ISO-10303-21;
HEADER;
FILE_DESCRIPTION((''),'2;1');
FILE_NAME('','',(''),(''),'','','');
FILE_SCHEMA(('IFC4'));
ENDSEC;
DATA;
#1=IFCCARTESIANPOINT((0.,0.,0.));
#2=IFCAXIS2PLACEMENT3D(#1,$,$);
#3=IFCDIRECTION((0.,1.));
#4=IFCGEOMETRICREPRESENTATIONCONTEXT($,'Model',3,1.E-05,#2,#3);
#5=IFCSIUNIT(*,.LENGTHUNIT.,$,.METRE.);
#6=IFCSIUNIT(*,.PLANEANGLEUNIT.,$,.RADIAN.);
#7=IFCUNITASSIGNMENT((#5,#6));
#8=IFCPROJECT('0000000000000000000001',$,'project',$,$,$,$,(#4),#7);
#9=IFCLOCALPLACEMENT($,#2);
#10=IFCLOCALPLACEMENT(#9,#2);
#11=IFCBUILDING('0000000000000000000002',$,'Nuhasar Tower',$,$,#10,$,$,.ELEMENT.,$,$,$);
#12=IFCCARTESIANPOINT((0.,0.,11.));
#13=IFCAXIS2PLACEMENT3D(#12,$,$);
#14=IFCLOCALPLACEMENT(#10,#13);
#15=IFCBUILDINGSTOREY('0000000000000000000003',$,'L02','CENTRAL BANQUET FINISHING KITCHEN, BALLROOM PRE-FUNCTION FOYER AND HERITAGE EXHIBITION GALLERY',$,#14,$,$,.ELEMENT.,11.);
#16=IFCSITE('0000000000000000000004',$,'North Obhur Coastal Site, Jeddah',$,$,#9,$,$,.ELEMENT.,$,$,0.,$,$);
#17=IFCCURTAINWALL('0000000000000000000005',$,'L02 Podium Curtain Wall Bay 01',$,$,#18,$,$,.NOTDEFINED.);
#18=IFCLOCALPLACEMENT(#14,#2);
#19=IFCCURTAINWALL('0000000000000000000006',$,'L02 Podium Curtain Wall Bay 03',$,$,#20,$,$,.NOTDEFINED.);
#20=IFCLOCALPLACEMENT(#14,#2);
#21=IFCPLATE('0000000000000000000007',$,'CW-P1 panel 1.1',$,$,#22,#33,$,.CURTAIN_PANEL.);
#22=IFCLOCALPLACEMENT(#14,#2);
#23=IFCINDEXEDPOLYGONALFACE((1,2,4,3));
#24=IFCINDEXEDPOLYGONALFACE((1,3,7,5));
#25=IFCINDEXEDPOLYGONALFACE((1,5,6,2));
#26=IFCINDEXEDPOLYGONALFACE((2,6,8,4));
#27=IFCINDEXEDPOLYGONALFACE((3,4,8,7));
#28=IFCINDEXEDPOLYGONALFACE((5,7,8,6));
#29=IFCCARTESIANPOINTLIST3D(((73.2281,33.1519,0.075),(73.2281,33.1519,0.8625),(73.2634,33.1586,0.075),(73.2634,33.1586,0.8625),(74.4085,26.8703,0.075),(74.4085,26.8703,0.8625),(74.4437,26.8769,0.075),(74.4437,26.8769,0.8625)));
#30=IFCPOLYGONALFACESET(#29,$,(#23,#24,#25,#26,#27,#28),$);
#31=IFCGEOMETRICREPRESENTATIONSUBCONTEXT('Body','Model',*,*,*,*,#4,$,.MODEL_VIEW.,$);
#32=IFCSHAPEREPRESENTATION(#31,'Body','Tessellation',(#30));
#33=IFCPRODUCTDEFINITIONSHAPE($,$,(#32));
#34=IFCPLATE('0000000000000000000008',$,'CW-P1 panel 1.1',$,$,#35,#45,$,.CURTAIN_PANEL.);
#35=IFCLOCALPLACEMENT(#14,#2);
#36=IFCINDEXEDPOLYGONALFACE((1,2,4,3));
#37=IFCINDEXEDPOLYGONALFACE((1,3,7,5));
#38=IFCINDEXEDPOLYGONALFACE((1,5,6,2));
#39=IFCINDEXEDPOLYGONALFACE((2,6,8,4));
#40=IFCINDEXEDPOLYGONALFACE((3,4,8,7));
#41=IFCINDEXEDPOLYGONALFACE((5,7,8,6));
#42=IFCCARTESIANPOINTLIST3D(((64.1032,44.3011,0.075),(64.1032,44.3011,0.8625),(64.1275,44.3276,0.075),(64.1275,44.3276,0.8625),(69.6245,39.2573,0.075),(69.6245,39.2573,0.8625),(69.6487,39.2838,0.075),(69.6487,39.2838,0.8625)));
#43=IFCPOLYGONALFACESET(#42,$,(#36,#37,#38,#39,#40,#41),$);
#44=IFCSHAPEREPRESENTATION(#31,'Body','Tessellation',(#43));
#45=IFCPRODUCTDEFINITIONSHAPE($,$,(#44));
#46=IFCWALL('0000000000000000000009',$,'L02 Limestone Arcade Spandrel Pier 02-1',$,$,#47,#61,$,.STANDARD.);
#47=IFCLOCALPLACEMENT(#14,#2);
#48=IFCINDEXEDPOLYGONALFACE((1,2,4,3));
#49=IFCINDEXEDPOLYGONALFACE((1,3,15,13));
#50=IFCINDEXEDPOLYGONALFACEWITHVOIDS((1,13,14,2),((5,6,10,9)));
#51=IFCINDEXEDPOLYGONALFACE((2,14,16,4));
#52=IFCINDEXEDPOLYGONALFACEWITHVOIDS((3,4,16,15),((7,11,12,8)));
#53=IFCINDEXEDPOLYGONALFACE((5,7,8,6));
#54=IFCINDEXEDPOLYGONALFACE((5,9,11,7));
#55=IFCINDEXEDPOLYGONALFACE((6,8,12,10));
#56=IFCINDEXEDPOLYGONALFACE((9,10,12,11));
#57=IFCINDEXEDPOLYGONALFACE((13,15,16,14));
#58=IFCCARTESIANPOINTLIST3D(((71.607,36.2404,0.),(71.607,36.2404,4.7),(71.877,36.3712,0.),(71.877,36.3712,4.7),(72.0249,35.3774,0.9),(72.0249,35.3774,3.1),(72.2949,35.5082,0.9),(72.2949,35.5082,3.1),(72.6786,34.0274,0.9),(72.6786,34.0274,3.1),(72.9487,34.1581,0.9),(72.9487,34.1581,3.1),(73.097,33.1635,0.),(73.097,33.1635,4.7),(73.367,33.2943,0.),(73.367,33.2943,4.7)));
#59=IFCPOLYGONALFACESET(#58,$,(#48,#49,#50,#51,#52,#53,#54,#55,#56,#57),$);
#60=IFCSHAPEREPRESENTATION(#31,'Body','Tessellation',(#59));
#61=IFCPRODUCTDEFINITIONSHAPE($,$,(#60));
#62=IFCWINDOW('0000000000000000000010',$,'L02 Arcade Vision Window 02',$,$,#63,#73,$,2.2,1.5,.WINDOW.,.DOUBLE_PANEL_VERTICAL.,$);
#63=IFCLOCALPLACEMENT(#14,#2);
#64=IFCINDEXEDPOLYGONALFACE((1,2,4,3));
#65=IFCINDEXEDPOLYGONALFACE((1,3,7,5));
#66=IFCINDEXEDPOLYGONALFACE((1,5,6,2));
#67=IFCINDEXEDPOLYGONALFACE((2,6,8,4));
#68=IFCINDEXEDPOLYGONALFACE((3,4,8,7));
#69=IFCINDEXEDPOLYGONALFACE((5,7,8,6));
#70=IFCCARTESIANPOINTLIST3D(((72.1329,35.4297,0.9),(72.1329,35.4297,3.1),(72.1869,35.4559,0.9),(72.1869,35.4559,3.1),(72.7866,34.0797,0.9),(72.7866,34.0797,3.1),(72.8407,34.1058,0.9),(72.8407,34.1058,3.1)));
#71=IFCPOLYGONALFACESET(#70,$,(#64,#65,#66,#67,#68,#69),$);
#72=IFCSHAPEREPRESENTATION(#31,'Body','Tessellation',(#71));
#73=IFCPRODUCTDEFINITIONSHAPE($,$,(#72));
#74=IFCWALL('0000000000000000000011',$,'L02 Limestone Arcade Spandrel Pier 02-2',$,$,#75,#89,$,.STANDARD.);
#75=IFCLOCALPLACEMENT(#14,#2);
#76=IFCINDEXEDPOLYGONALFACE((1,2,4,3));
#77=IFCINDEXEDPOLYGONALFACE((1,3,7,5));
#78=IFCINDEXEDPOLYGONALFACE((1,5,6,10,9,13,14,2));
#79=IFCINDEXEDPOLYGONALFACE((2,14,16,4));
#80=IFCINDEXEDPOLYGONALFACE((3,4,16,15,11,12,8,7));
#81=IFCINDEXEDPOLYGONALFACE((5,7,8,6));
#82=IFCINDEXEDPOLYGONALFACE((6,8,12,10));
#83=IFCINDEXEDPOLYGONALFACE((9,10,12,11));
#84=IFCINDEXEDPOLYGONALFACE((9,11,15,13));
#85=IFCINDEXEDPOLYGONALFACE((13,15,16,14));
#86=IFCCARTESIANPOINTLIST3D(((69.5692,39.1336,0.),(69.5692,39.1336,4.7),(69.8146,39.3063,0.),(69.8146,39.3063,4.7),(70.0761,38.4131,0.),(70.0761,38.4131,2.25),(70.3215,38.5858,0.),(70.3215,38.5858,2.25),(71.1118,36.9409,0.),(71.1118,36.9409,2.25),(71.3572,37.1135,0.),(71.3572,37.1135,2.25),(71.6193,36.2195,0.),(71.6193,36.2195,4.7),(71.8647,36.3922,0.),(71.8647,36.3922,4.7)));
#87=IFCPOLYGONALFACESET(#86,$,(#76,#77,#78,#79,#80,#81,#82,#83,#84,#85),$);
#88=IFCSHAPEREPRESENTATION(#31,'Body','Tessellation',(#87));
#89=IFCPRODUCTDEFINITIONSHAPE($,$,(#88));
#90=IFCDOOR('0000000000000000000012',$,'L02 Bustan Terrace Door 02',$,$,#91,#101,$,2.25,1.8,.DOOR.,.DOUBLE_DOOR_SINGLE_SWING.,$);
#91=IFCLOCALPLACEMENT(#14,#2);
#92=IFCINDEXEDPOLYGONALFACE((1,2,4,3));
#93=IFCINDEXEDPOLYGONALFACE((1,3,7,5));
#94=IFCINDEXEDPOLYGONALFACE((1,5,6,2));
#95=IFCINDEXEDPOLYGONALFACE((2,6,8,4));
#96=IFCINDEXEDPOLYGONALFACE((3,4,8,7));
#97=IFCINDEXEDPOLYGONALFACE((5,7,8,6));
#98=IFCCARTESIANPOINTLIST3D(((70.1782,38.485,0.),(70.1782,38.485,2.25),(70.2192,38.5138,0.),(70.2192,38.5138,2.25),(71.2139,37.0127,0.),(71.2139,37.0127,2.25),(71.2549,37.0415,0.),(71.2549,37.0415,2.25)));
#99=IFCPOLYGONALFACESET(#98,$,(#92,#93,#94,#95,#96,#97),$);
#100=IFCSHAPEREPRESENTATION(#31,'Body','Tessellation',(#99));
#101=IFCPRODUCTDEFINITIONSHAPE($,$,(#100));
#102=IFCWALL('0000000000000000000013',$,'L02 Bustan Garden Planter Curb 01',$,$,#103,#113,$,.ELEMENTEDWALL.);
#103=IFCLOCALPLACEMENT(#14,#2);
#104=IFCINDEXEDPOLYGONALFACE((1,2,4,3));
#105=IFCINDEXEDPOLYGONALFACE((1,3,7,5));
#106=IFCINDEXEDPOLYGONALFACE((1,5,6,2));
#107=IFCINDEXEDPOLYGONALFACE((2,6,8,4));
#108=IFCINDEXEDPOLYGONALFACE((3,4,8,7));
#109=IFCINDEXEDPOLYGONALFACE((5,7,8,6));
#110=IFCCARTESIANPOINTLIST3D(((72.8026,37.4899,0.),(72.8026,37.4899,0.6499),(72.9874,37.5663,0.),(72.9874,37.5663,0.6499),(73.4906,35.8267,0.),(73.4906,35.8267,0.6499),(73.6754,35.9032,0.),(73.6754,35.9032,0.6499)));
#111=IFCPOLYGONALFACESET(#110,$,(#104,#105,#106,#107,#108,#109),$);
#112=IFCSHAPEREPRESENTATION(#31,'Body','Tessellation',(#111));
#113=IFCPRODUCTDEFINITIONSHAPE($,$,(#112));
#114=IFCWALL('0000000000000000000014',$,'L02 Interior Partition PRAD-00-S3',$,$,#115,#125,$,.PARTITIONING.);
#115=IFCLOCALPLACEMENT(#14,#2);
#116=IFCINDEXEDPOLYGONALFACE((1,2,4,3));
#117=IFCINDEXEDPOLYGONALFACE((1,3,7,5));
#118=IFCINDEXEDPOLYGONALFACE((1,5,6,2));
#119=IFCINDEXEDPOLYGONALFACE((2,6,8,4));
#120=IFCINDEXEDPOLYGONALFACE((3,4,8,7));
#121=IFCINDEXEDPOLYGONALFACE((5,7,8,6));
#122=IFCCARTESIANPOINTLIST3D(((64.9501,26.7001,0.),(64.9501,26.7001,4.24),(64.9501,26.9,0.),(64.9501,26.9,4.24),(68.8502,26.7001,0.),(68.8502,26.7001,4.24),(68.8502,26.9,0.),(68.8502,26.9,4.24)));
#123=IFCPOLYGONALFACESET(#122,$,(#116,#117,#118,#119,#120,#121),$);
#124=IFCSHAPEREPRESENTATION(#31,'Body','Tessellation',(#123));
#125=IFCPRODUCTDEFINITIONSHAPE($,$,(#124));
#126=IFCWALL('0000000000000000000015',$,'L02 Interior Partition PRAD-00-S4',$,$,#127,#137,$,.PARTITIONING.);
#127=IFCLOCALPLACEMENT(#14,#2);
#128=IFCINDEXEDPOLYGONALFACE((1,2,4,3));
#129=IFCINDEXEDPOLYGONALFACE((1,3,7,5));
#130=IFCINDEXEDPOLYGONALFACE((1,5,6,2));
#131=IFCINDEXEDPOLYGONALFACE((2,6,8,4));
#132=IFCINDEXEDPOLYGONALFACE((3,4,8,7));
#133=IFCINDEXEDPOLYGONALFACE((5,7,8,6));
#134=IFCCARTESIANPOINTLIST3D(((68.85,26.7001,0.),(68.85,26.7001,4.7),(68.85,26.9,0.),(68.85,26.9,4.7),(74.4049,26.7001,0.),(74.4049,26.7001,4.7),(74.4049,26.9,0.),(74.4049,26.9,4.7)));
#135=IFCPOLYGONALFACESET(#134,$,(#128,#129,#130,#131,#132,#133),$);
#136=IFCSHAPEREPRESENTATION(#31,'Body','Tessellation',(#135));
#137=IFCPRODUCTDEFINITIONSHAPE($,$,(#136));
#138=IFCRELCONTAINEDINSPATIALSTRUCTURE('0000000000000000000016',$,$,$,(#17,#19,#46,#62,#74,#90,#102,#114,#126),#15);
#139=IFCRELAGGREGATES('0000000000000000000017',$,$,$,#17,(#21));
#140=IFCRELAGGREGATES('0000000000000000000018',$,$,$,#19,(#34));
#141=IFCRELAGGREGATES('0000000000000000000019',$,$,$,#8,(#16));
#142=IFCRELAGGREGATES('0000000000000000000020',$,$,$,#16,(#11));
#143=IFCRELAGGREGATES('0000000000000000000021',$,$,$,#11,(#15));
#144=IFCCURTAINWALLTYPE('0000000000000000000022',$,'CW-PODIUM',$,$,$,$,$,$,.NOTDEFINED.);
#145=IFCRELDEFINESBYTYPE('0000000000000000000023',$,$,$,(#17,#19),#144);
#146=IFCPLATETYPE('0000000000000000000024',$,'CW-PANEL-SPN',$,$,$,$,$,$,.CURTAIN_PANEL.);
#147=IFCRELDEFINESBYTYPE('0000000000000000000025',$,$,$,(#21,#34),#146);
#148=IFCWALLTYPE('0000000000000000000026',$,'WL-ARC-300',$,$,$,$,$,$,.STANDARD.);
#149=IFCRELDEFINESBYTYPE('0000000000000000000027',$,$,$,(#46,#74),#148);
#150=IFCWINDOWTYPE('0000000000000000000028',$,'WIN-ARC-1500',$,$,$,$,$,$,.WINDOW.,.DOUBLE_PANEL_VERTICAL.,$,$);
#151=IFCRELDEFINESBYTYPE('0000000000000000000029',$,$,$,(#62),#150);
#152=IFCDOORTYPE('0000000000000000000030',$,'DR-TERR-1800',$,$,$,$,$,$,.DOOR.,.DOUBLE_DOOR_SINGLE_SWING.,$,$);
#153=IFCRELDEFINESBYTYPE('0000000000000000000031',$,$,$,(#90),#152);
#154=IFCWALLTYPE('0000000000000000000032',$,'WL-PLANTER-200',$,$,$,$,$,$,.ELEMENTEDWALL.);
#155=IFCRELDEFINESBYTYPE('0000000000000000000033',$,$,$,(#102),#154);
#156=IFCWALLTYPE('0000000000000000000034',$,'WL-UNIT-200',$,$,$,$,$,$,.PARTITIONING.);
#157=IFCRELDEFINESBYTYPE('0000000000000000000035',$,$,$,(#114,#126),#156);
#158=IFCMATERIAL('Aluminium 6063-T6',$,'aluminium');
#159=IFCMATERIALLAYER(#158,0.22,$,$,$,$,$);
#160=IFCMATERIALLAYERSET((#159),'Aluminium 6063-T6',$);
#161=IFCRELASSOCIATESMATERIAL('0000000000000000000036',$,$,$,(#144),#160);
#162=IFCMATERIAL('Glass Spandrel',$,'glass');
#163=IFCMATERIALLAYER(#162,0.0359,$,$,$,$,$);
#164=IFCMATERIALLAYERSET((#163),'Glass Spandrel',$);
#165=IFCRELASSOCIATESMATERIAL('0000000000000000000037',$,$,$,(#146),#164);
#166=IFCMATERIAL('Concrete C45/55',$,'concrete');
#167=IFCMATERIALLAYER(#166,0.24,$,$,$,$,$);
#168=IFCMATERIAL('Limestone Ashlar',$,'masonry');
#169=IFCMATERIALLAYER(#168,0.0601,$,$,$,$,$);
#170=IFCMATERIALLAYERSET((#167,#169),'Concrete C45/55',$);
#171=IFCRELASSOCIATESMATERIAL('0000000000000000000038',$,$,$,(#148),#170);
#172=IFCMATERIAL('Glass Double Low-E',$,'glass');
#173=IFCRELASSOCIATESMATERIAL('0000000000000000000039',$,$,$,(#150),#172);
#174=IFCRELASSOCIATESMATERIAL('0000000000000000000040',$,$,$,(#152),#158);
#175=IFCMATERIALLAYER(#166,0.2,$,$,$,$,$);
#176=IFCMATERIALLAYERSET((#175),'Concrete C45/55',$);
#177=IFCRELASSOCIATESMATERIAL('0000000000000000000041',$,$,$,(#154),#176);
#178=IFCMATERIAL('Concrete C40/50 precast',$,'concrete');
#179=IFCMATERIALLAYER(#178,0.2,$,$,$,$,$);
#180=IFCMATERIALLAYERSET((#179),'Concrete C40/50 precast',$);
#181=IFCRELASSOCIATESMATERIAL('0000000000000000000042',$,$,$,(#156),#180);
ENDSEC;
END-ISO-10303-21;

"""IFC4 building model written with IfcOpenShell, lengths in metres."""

from ifc_helpers import new_model, si_unit, direction, frame, frame_2d, origin, origin_2d, place, context, subcontext, project, spatial, rectangle, extrude, material, layer, layer_set, type_object, element, fill, aggregate, save


model = new_model("IFC4")

# Units and contexts
model_context = context("Model", 3, precision=1e-05, world=origin(), true_north=direction((0.0, 1.0)))
body_context = subcontext(model_context, "Body", "Model", "MODEL_VIEW")
ifc_project = project(units=[si_unit("LENGTHUNIT", "METRE"), si_unit("PLANEANGLEUNIT", "RADIAN")], contexts=[model_context])

# Site, building, storey
site_placement = place(None, origin())
site = spatial("IfcSite", under=ifc_project, at=site_placement, Name="North Obhur Coastal Site, Jeddah", CompositionType="ELEMENT", RefElevation=0.0)
building_placement = place(site_placement, origin())
building = spatial("IfcBuilding", under=site, at=building_placement, Name="Nuhasar Tower", CompositionType="ELEMENT")
storey_placement = place(building_placement, frame((0.0, 0.0, 11.0)))
storey = spatial("IfcBuildingStorey", under=building, at=storey_placement, Name="L02", Description="CENTRAL BANQUET FINISHING KITCHEN, BALLROOM PRE-FUNCTION FOYER AND HERITAGE EXHIBITION GALLERY", CompositionType="ELEMENT", Elevation=11.0)

# Curtain walls
ifc_material_1 = material(Name="Aluminium 6063-T6", Category="aluminium")
ifc_layer_1 = layer(ifc_material_1, 0.22)
ifc_layer_set_1 = layer_set([ifc_layer_1], Name="Aluminium 6063-T6")
curtain_wall_type = type_object("IfcCurtainWallType", Name="CW-PODIUM", PredefinedType="NOTDEFINED", material=ifc_layer_set_1)
curtain_wall_1_placement = place(storey_placement, origin())
curtain_wall_1 = element("IfcCurtainWall", 1, at=curtain_wall_1_placement, inside=storey, type_object=curtain_wall_type, Name="L02 Podium Curtain Wall Bay 01", PredefinedType="NOTDEFINED")
curtain_wall_2_placement = place(storey_placement, origin())
curtain_wall_2 = element("IfcCurtainWall", 2, at=curtain_wall_2_placement, inside=storey, type_object=curtain_wall_type, Name="L02 Podium Curtain Wall Bay 03", PredefinedType="NOTDEFINED")

# Plates
ifc_material_2 = material(Name="Glass Double Low-E", Category="glass")
ifc_material_3 = material(Name="Glass Spandrel", Category="glass")
ifc_layer_2 = layer(ifc_material_3, 0.0359)
ifc_layer_set_2 = layer_set([ifc_layer_2], Name="Glass Spandrel")
plate_type_1 = type_object("IfcPlateType", Name="CW-PANEL-SPN", PredefinedType="CURTAIN_PANEL", material=ifc_layer_set_2)
plate_1_placement = place(storey_placement, frame((73.8359, 30.0144, 0.075), z_axis=(0.0, 0.0, 1.0), x_axis=(-0.184667, 0.982801, 0.0)))
plate_1 = element("IfcPlate", 3, at=plate_1_placement, type_object=plate_type_1, Name="CW-P1 panel 1.1", PredefinedType="CURTAIN_PANEL", context=body_context, shape_type="SweptSolid", body=[
    extrude(rectangle(XDim=6.3916, YDim=0.0359, at=origin_2d()), origin(), (0.0, 0.0, 1.0), 0.7876),
])
aggregate(curtain_wall_1, [plate_1])
plate_2_placement = place(storey_placement, frame((66.876, 41.7925, 0.075), z_axis=(0.0, 0.0, 1.0), x_axis=(-0.738307, 0.674465, 0.0)))
plate_2 = element("IfcPlate", 4, at=plate_2_placement, type_object=plate_type_1, Name="CW-P1 panel 1.1", PredefinedType="CURTAIN_PANEL", context=body_context, shape_type="SweptSolid", body=[
    extrude(rectangle(XDim=7.4783, YDim=0.0359, at=origin_2d()), origin(), (0.0, 0.0, 1.0), 0.7876),
])
aggregate(curtain_wall_2, [plate_2])

# Wall, opening, window
ifc_material_4 = material(Name="Concrete C45/55", Category="concrete")
ifc_layer_3 = layer(ifc_material_4, 0.24)
ifc_material_5 = material(Name="Limestone Ashlar", Category="masonry")
ifc_layer_4 = layer(ifc_material_5, 0.0601)
ifc_layer_set_3 = layer_set([ifc_layer_3, ifc_layer_4], Name="Concrete C45/55")
wall_type_1 = type_object("IfcWallType", Name="WL-ARC-300", PredefinedType="STANDARD", material=ifc_layer_set_3)
wall_1_placement = place(storey_placement, frame((71.7419, 36.3059, 0.0), z_axis=(0.0, 0.0, 1.0), x_axis=(0.435837, -0.900026, 0.0)))
wall_1 = element("IfcWall", 5, at=wall_1_placement, inside=storey, type_object=wall_type_1, Name="L02 Limestone Arcade Spandrel Pier 02-1", PredefinedType="STANDARD", context=body_context, shape_type="SweptSolid", body=[
    extrude(rectangle(XDim=3.4187, YDim=0.3, at=frame_2d((1.7095, 0.0))), origin(), (0.0, 0.0, 1.0), 4.7),
])
opening_1_placement = place(wall_1_placement, frame((0.959, 0.0, 0.8999)))
opening_1 = element("IfcOpeningElement", 6, at=opening_1_placement, cuts=wall_1, PredefinedType="OPENING", context=body_context, shape_type="SweptSolid", body=[
    extrude(rectangle(XDim=1.5, YDim=2.2, at=frame_2d((0.75, 1.1001))), frame((0.0, 0.1602, 0.0), z_axis=(0.0, -1.0, 0.0), x_axis=(1.0, 0.0, 0.0)), (0.0, 0.0, 1.0), 0.3201),
])
window_type = type_object("IfcWindowType", Name="WIN-ARC-1500", PartitioningType="DOUBLE_PANEL_VERTICAL", PredefinedType="WINDOW", material=ifc_material_2)
window_placement = place(opening_1_placement, origin())
window = element("IfcWindow", 7, at=window_placement, inside=storey, type_object=window_type, Name="L02 Arcade Vision Window 02", OverallHeight=2.2, OverallWidth=1.5, PartitioningType="DOUBLE_PANEL_VERTICAL", PredefinedType="WINDOW", context=body_context, shape_type="SweptSolid", body=[
    extrude(rectangle(XDim=1.5, YDim=2.2, at=frame_2d((0.75, 1.1001))), frame((0.0, 0.03, 0.0), z_axis=(0.0, -1.0, 0.0), x_axis=(1.0, 0.0, 0.0)), (0.0, 0.0, 1.0), 0.0601),
])
fill(opening_1, window)

# Wall, opening, door
wall_2_placement = place(storey_placement, frame((69.6919, 39.22, 0.0), z_axis=(0.0, 0.0, 1.0), x_axis=(0.575383, -0.817884, 0.0)))
wall_2 = element("IfcWall", 8, at=wall_2_placement, inside=storey, type_object=wall_type_1, Name="L02 Limestone Arcade Spandrel Pier 02-2", PredefinedType="STANDARD", context=body_context, shape_type="SweptSolid", body=[
    extrude(rectangle(XDim=3.563, YDim=0.3, at=frame_2d((1.7815, 0.0))), origin(), (0.0, 0.0, 1.0), 4.7),
])
opening_2_placement = place(wall_2_placement, frame((0.8811, 0.0, 0.0)))
opening_2 = element("IfcOpeningElement", 9, at=opening_2_placement, cuts=wall_2, PredefinedType="OPENING", context=body_context, shape_type="SweptSolid", body=[
    extrude(rectangle(XDim=1.8, YDim=2.25, at=frame_2d((0.8999, 1.125))), frame((0.0, 0.1602, 0.0), z_axis=(0.0, -1.0, 0.0), x_axis=(1.0, 0.0, 0.0)), (0.0, 0.0, 1.0), 0.3201),
])
door_type = type_object("IfcDoorType", Name="DR-TERR-1800", OperationType="DOUBLE_DOOR_SINGLE_SWING", PredefinedType="DOOR", material=ifc_material_1)
door_placement = place(opening_2_placement, origin())
door = element("IfcDoor", 10, at=door_placement, inside=storey, type_object=door_type, Name="L02 Bustan Terrace Door 02", OperationType="DOUBLE_DOOR_SINGLE_SWING", OverallHeight=2.25, OverallWidth=1.8, PredefinedType="DOOR", context=body_context, shape_type="SweptSolid", body=[
    extrude(rectangle(XDim=1.8, YDim=2.25, at=frame_2d((0.8999, 1.125))), frame((0.0, 0.0249, 0.0), z_axis=(0.0, -1.0, 0.0), x_axis=(1.0, 0.0, 0.0)), (0.0, 0.0, 1.0), 0.05),
])
fill(opening_2, door)

# Walls
ifc_layer_5 = layer(ifc_material_4, 0.2)
ifc_layer_set_4 = layer_set([ifc_layer_5], Name="Concrete C45/55")
wall_type_2 = type_object("IfcWallType", Name="WL-PLANTER-200", PredefinedType="ELEMENTEDWALL", material=ifc_layer_set_4)
wall_3_placement = place(storey_placement, frame((72.895, 37.5281, 0.0), z_axis=(0.0, 0.0, 1.0), x_axis=(0.382264, -0.924053, 0.0)))
element("IfcWall", 11, at=wall_3_placement, inside=storey, type_object=wall_type_2, Name="L02 Bustan Garden Planter Curb 01", PredefinedType="ELEMENTEDWALL", context=body_context, shape_type="SweptSolid", body=[
    extrude(rectangle(XDim=1.7998, YDim=0.2, at=frame_2d((0.8999, 0.0))), origin(), (0.0, 0.0, 1.0), 0.6499),
])
ifc_material_6 = material(Name="Concrete C40/50 precast", Category="concrete")
ifc_layer_6 = layer(ifc_material_6, 0.2)
ifc_layer_set_5 = layer_set([ifc_layer_6], Name="Concrete C40/50 precast")
wall_type_3 = type_object("IfcWallType", Name="WL-UNIT-200", PredefinedType="PARTITIONING", material=ifc_layer_set_5)
wall_4_placement = place(storey_placement, frame((64.95, 26.8, 0.0), z_axis=(0.0, 0.0, 1.0), x_axis=(1.0, 0.0, 0.0)))
element("IfcWall", 12, at=wall_4_placement, inside=storey, type_object=wall_type_3, Name="L02 Interior Partition PRAD-00-S3", PredefinedType="PARTITIONING", context=body_context, shape_type="SweptSolid", body=[
    extrude(rectangle(XDim=3.9001, YDim=0.2, at=frame_2d((1.9502, 0.0))), origin(), (0.0, 0.0, 1.0), 4.24),
])
wall_5_placement = place(storey_placement, frame((68.8501, 26.8, 0.0), z_axis=(0.0, 0.0, 1.0), x_axis=(1.0, 0.0, 0.0)))
element("IfcWall", 13, at=wall_5_placement, inside=storey, type_object=wall_type_3, Name="L02 Interior Partition PRAD-00-S4", PredefinedType="PARTITIONING", context=body_context, shape_type="SweptSolid", body=[
    extrude(rectangle(XDim=5.5549, YDim=0.2, at=frame_2d((2.7773, 0.0))), origin(), (0.0, 0.0, 1.0), 4.7),
])

save(model, "model.ifc")
